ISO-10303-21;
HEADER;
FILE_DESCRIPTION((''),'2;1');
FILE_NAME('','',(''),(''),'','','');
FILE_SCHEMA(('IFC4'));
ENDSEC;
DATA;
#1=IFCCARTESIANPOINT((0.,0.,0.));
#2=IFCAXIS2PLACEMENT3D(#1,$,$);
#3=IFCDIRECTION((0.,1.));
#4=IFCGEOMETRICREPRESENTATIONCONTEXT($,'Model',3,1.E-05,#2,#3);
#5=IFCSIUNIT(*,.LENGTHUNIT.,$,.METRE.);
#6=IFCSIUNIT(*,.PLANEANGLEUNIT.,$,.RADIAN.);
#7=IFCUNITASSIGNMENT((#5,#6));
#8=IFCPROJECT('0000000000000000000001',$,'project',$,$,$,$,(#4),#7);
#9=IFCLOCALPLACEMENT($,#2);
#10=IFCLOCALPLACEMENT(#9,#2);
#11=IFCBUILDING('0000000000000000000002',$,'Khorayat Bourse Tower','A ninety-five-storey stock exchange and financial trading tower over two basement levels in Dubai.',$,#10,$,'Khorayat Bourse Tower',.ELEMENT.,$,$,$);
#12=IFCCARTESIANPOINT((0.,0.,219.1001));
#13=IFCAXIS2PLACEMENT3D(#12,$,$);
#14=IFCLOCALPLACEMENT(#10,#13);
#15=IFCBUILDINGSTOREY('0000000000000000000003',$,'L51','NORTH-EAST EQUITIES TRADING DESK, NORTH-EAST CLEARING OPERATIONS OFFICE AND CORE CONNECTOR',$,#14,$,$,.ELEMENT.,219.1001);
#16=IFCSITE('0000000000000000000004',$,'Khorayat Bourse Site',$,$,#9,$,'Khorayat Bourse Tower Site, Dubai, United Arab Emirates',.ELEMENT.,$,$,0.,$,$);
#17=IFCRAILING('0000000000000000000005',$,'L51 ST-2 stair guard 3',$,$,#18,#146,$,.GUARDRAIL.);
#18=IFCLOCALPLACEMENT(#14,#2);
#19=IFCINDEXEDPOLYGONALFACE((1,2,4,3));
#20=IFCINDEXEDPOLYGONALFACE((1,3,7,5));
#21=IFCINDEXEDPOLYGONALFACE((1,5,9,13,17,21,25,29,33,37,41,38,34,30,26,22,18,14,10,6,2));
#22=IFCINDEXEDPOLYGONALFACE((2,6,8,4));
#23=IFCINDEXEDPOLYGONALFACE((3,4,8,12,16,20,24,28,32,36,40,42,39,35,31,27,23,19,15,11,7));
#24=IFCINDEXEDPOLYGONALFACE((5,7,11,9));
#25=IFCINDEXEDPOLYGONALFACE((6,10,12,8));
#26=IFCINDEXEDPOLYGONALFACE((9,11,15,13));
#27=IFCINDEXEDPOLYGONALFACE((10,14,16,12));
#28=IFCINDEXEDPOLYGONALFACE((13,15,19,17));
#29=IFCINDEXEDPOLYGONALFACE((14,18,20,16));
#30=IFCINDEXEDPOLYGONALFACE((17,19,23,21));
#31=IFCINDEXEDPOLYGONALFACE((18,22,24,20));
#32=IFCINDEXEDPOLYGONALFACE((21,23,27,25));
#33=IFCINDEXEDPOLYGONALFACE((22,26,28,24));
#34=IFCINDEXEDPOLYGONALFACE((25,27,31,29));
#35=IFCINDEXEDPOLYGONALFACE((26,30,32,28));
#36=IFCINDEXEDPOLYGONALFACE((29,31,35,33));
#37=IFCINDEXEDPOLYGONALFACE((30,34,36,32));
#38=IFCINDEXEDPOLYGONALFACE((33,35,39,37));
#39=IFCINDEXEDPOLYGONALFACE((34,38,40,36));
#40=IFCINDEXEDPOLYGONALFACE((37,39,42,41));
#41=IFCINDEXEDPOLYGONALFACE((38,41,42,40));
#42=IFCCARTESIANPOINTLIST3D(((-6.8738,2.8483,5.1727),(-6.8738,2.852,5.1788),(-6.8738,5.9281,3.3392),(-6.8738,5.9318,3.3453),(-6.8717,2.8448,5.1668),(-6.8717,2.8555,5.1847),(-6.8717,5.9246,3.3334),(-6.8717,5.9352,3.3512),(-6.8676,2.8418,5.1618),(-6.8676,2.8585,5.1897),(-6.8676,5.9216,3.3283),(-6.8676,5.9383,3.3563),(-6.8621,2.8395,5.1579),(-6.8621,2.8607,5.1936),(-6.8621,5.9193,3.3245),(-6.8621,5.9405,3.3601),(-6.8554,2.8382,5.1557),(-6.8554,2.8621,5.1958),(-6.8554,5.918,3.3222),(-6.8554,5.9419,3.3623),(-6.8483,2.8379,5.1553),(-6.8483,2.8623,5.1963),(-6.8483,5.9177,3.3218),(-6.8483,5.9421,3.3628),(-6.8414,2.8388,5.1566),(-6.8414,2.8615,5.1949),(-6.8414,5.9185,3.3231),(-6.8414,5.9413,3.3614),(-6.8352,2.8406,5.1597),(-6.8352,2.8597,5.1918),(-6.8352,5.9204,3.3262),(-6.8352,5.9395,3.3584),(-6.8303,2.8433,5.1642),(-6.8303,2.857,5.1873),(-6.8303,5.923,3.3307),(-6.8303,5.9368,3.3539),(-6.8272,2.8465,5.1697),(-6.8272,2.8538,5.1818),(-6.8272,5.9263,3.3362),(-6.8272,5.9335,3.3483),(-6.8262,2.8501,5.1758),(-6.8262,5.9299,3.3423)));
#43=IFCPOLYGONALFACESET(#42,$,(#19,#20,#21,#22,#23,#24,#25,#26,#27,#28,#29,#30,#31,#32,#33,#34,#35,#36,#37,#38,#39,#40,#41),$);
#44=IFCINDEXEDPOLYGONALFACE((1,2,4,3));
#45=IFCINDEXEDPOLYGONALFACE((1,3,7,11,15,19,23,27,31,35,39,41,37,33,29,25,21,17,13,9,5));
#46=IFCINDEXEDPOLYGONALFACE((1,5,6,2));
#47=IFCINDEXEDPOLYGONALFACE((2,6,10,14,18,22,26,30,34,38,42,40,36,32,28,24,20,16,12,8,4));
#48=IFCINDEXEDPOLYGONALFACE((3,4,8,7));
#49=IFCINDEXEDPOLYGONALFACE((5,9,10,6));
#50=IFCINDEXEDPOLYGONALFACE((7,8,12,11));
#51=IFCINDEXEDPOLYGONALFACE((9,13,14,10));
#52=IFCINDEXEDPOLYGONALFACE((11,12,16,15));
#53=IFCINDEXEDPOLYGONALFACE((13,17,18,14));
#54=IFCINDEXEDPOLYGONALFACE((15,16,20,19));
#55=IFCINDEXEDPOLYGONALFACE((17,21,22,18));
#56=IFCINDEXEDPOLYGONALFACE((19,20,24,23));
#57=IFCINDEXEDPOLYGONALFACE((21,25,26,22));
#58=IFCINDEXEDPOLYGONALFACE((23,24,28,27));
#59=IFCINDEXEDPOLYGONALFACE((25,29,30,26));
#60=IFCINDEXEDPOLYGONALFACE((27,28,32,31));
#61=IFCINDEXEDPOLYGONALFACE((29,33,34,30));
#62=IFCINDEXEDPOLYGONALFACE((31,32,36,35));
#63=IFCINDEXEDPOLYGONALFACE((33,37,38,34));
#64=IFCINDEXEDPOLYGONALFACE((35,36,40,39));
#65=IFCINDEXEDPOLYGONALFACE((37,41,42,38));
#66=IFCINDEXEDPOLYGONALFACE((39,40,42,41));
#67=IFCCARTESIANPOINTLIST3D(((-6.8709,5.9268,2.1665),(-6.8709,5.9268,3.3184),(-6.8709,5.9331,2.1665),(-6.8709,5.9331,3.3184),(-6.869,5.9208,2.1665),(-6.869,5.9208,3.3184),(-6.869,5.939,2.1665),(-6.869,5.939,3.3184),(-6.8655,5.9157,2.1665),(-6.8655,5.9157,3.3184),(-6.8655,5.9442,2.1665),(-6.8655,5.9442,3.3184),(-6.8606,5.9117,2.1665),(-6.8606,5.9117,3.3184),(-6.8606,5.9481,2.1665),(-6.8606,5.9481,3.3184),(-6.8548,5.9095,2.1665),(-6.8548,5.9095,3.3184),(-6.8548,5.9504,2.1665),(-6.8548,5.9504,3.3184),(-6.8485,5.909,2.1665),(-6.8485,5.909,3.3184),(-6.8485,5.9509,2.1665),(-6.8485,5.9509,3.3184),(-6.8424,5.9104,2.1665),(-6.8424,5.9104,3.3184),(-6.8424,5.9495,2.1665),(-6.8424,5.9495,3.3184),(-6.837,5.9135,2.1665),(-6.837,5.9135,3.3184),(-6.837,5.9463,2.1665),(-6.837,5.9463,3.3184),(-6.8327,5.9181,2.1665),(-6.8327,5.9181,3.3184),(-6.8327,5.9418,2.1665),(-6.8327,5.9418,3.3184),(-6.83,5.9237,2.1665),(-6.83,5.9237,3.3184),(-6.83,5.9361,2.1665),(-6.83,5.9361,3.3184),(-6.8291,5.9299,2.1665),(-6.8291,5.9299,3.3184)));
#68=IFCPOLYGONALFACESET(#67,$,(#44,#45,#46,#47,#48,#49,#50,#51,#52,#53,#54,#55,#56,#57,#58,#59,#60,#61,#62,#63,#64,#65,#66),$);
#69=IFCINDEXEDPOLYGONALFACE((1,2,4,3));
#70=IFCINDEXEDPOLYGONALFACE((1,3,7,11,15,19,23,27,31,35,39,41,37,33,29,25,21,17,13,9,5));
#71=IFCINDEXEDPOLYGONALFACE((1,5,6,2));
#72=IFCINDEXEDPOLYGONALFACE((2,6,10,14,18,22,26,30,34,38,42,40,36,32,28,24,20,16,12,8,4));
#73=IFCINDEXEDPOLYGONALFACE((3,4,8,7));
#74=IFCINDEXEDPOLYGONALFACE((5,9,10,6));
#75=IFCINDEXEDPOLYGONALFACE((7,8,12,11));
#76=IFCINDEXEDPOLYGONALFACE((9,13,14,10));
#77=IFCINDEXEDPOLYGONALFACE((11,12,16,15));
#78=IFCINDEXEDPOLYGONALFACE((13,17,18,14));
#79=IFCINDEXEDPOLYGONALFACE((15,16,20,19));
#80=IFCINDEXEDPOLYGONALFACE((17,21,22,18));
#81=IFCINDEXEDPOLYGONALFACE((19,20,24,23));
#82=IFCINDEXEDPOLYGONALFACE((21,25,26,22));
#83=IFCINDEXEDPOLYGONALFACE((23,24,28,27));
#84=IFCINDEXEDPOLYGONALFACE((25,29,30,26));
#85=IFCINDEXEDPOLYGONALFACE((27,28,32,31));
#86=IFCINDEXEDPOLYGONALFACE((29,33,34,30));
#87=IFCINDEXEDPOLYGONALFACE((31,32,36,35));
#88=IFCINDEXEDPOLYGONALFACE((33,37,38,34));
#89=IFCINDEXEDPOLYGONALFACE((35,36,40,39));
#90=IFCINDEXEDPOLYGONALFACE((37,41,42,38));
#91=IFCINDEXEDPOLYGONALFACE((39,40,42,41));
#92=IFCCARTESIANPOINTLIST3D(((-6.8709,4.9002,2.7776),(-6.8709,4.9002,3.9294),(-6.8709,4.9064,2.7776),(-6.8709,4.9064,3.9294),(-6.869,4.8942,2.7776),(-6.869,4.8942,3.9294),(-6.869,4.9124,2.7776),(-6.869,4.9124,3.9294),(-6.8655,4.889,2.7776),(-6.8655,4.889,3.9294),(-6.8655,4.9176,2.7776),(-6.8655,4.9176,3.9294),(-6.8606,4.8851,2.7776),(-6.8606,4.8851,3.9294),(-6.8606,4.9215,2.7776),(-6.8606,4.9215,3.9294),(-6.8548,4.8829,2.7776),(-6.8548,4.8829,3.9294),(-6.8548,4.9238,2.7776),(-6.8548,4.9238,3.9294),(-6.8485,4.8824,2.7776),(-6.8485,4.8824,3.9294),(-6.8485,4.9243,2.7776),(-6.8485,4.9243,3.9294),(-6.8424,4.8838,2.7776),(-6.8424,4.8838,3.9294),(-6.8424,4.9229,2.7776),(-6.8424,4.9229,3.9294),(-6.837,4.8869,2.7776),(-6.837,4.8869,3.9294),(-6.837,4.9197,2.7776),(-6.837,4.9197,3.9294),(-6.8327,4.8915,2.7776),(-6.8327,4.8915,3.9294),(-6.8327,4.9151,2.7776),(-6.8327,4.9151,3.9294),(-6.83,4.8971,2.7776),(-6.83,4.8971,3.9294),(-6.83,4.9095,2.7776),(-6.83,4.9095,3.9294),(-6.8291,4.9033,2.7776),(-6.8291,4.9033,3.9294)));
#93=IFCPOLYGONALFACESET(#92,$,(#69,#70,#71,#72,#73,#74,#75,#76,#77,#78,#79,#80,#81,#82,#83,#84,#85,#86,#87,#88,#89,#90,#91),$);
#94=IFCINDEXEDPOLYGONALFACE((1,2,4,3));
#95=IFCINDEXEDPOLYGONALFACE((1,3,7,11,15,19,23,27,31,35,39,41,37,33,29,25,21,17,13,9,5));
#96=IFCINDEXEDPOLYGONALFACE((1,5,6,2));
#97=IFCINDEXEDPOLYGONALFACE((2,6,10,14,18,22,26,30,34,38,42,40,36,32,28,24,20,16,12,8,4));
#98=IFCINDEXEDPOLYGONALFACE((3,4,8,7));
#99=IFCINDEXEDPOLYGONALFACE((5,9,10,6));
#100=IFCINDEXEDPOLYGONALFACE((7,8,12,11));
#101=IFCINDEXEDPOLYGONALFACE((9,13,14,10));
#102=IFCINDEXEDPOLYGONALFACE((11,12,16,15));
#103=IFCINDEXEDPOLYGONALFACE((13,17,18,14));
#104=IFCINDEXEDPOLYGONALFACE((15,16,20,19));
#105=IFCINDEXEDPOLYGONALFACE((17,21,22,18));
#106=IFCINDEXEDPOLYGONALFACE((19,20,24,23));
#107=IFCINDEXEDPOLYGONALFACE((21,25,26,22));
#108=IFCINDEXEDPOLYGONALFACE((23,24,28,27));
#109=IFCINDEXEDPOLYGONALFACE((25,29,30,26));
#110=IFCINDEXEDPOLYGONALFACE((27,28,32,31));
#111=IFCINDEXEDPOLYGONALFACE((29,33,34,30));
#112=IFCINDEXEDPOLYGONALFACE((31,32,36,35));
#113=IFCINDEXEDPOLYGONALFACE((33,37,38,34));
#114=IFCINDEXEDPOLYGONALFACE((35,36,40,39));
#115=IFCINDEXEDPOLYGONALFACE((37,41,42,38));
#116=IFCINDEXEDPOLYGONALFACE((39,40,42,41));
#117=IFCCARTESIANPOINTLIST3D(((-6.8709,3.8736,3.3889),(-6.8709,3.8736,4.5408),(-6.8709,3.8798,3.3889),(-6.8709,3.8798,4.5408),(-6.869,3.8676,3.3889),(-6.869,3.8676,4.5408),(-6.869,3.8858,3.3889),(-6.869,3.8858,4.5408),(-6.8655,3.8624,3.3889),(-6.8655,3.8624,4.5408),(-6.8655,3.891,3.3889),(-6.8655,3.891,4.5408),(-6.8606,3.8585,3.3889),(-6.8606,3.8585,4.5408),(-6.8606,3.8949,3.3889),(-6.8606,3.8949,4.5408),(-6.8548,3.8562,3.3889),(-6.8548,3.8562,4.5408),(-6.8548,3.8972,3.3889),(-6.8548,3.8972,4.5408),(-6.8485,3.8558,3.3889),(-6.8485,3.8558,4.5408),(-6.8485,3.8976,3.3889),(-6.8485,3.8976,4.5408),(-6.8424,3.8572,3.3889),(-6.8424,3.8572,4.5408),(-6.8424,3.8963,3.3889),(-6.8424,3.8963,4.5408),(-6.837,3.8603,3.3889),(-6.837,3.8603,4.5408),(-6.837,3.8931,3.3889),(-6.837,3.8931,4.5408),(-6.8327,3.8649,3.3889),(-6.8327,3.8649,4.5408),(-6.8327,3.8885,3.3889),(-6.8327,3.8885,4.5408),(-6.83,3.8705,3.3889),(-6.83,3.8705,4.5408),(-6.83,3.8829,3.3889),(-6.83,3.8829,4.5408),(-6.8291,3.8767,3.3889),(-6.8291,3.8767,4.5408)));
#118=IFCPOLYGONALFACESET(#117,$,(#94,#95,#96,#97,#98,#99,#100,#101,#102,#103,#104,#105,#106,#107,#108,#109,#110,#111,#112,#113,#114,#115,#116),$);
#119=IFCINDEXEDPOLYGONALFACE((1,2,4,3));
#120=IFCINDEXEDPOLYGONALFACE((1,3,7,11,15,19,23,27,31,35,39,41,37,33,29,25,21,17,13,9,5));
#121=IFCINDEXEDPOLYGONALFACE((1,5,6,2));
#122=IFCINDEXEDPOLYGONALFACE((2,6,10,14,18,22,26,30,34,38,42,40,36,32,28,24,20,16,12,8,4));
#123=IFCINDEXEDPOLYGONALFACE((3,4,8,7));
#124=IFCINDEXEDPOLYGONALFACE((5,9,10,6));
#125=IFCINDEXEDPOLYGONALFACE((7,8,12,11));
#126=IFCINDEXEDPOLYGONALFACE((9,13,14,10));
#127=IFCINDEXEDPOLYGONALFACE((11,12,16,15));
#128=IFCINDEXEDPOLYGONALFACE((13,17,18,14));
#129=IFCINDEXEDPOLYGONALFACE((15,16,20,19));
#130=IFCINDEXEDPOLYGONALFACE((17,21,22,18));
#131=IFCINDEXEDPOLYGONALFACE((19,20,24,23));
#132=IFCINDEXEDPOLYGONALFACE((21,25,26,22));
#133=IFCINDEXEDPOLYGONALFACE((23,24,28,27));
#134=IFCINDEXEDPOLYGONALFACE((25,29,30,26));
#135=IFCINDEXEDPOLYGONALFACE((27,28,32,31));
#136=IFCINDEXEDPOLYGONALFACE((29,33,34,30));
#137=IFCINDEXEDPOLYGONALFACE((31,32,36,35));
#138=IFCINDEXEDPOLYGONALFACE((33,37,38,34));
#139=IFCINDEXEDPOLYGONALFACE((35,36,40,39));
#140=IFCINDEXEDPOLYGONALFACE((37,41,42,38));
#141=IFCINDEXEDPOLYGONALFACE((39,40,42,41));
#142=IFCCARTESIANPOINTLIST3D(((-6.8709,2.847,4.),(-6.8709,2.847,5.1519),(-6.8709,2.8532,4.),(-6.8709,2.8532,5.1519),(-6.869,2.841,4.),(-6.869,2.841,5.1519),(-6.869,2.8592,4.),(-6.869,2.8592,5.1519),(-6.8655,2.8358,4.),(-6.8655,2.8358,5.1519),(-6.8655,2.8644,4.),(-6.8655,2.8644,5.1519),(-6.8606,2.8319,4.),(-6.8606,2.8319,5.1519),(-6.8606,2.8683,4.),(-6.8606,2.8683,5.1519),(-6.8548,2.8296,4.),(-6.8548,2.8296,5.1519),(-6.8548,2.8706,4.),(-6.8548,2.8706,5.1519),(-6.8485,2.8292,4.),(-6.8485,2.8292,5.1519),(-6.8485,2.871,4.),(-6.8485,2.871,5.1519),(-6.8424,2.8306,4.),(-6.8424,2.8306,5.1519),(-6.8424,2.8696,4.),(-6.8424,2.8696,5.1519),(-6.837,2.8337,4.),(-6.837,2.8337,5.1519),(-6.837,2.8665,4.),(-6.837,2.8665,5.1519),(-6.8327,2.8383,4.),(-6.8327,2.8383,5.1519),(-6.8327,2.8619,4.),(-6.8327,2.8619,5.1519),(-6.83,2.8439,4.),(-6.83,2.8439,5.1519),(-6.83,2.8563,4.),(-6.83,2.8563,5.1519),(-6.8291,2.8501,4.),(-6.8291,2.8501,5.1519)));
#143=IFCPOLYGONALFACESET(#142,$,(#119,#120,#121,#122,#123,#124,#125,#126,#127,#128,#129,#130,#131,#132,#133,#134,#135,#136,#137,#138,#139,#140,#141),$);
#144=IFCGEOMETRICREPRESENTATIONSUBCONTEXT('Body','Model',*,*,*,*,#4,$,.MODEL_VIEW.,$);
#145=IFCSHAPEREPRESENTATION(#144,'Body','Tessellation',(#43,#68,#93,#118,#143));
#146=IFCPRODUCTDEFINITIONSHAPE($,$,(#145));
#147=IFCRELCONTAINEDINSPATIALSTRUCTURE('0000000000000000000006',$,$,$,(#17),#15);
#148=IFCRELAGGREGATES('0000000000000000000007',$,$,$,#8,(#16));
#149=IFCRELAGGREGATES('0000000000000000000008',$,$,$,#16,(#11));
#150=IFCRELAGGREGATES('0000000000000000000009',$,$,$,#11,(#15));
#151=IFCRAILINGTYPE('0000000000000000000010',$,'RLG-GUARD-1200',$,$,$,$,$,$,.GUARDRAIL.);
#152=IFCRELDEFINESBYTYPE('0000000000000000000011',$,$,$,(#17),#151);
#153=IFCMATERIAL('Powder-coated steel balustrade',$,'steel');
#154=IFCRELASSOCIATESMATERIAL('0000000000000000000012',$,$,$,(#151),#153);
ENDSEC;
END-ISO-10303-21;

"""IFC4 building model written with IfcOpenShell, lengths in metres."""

from ifc_helpers import new_model, si_unit, direction, frame, origin, origin_2d, place, context, subcontext, project, spatial, circle, extrude, source, transform, mapped, material, type_object, element, save


model = new_model("IFC4")

# Units and contexts
model_context = context("Model", 3, precision=1e-05, world=origin(), true_north=direction((0.0, 1.0)))
body_context = subcontext(model_context, "Body", "Model", "MODEL_VIEW")
ifc_project = project(units=[si_unit("LENGTHUNIT", "METRE"), si_unit("PLANEANGLEUNIT", "RADIAN")], contexts=[model_context])

# Site, building, storey
site_placement = place(None, origin())
site = spatial("IfcSite", under=ifc_project, at=site_placement, Name="Khorayat Bourse Site", LongName="Khorayat Bourse Tower Site, Dubai, United Arab Emirates", CompositionType="ELEMENT", RefElevation=0.0)
building_placement = place(site_placement, origin())
building = spatial("IfcBuilding", under=site, at=building_placement, Name="Khorayat Bourse Tower", Description="A ninety-five-storey stock exchange and financial trading tower over two basement levels in Dubai.", LongName="Khorayat Bourse Tower", CompositionType="ELEMENT")
storey_placement = place(building_placement, frame((0.0, 0.0, 219.1001)))
storey = spatial("IfcBuildingStorey", under=building, at=storey_placement, Name="L51", Description="NORTH-EAST EQUITIES TRADING DESK, NORTH-EAST CLEARING OPERATIONS OFFICE AND CORE CONNECTOR", CompositionType="ELEMENT", Elevation=219.1001)

# Railing
ifc_material_1 = material(Name="Powder-coated steel balustrade", Category="steel")
railing_type_1 = type_object("IfcRailingType", Name="RLG-GUARD-1200", PredefinedType="GUARDRAIL", material=ifc_material_1)
shared_shape_1 = source(origin(), body_context, "Body", "SweptSolid", [
    extrude(circle(Radius=0.0239, at=origin_2d()), frame((0.0, 0.0, 1.1758), z_axis=(0.0, -0.859261, 0.511538), x_axis=(1.0, 0.0, 0.0)), (0.0, 0.0, 1.0), 3.5842),
    extrude(circle(Radius=0.021, at=origin_2d()), origin(), (0.0, 0.0, 1.0), 1.1519),
    extrude(circle(Radius=0.021, at=origin_2d()), frame((0.0, -1.0266, 0.6111)), (0.0, 0.0, 1.0), 1.1519),
    extrude(circle(Radius=0.021, at=origin_2d()), frame((0.0, -2.0532, 1.2224)), (0.0, 0.0, 1.0), 1.1519),
    extrude(circle(Radius=0.021, at=origin_2d()), frame((0.0, -3.0798, 1.8335)), (0.0, 0.0, 1.0), 1.1519),
])
railing_1_placement = place(storey_placement, frame((-6.8501, 5.9299, 2.1665)))
element("IfcRailing", 1, at=railing_1_placement, inside=storey, type_object=railing_type_1, Name="L51 ST-2 stair guard 3", PredefinedType="GUARDRAIL", context=body_context, shape_type="MappedRepresentation", body=[
    mapped(shared_shape_1, transform((0.0, 0.0, 0.0), scale=1.0)),
])

save(model, "model.ifc")
